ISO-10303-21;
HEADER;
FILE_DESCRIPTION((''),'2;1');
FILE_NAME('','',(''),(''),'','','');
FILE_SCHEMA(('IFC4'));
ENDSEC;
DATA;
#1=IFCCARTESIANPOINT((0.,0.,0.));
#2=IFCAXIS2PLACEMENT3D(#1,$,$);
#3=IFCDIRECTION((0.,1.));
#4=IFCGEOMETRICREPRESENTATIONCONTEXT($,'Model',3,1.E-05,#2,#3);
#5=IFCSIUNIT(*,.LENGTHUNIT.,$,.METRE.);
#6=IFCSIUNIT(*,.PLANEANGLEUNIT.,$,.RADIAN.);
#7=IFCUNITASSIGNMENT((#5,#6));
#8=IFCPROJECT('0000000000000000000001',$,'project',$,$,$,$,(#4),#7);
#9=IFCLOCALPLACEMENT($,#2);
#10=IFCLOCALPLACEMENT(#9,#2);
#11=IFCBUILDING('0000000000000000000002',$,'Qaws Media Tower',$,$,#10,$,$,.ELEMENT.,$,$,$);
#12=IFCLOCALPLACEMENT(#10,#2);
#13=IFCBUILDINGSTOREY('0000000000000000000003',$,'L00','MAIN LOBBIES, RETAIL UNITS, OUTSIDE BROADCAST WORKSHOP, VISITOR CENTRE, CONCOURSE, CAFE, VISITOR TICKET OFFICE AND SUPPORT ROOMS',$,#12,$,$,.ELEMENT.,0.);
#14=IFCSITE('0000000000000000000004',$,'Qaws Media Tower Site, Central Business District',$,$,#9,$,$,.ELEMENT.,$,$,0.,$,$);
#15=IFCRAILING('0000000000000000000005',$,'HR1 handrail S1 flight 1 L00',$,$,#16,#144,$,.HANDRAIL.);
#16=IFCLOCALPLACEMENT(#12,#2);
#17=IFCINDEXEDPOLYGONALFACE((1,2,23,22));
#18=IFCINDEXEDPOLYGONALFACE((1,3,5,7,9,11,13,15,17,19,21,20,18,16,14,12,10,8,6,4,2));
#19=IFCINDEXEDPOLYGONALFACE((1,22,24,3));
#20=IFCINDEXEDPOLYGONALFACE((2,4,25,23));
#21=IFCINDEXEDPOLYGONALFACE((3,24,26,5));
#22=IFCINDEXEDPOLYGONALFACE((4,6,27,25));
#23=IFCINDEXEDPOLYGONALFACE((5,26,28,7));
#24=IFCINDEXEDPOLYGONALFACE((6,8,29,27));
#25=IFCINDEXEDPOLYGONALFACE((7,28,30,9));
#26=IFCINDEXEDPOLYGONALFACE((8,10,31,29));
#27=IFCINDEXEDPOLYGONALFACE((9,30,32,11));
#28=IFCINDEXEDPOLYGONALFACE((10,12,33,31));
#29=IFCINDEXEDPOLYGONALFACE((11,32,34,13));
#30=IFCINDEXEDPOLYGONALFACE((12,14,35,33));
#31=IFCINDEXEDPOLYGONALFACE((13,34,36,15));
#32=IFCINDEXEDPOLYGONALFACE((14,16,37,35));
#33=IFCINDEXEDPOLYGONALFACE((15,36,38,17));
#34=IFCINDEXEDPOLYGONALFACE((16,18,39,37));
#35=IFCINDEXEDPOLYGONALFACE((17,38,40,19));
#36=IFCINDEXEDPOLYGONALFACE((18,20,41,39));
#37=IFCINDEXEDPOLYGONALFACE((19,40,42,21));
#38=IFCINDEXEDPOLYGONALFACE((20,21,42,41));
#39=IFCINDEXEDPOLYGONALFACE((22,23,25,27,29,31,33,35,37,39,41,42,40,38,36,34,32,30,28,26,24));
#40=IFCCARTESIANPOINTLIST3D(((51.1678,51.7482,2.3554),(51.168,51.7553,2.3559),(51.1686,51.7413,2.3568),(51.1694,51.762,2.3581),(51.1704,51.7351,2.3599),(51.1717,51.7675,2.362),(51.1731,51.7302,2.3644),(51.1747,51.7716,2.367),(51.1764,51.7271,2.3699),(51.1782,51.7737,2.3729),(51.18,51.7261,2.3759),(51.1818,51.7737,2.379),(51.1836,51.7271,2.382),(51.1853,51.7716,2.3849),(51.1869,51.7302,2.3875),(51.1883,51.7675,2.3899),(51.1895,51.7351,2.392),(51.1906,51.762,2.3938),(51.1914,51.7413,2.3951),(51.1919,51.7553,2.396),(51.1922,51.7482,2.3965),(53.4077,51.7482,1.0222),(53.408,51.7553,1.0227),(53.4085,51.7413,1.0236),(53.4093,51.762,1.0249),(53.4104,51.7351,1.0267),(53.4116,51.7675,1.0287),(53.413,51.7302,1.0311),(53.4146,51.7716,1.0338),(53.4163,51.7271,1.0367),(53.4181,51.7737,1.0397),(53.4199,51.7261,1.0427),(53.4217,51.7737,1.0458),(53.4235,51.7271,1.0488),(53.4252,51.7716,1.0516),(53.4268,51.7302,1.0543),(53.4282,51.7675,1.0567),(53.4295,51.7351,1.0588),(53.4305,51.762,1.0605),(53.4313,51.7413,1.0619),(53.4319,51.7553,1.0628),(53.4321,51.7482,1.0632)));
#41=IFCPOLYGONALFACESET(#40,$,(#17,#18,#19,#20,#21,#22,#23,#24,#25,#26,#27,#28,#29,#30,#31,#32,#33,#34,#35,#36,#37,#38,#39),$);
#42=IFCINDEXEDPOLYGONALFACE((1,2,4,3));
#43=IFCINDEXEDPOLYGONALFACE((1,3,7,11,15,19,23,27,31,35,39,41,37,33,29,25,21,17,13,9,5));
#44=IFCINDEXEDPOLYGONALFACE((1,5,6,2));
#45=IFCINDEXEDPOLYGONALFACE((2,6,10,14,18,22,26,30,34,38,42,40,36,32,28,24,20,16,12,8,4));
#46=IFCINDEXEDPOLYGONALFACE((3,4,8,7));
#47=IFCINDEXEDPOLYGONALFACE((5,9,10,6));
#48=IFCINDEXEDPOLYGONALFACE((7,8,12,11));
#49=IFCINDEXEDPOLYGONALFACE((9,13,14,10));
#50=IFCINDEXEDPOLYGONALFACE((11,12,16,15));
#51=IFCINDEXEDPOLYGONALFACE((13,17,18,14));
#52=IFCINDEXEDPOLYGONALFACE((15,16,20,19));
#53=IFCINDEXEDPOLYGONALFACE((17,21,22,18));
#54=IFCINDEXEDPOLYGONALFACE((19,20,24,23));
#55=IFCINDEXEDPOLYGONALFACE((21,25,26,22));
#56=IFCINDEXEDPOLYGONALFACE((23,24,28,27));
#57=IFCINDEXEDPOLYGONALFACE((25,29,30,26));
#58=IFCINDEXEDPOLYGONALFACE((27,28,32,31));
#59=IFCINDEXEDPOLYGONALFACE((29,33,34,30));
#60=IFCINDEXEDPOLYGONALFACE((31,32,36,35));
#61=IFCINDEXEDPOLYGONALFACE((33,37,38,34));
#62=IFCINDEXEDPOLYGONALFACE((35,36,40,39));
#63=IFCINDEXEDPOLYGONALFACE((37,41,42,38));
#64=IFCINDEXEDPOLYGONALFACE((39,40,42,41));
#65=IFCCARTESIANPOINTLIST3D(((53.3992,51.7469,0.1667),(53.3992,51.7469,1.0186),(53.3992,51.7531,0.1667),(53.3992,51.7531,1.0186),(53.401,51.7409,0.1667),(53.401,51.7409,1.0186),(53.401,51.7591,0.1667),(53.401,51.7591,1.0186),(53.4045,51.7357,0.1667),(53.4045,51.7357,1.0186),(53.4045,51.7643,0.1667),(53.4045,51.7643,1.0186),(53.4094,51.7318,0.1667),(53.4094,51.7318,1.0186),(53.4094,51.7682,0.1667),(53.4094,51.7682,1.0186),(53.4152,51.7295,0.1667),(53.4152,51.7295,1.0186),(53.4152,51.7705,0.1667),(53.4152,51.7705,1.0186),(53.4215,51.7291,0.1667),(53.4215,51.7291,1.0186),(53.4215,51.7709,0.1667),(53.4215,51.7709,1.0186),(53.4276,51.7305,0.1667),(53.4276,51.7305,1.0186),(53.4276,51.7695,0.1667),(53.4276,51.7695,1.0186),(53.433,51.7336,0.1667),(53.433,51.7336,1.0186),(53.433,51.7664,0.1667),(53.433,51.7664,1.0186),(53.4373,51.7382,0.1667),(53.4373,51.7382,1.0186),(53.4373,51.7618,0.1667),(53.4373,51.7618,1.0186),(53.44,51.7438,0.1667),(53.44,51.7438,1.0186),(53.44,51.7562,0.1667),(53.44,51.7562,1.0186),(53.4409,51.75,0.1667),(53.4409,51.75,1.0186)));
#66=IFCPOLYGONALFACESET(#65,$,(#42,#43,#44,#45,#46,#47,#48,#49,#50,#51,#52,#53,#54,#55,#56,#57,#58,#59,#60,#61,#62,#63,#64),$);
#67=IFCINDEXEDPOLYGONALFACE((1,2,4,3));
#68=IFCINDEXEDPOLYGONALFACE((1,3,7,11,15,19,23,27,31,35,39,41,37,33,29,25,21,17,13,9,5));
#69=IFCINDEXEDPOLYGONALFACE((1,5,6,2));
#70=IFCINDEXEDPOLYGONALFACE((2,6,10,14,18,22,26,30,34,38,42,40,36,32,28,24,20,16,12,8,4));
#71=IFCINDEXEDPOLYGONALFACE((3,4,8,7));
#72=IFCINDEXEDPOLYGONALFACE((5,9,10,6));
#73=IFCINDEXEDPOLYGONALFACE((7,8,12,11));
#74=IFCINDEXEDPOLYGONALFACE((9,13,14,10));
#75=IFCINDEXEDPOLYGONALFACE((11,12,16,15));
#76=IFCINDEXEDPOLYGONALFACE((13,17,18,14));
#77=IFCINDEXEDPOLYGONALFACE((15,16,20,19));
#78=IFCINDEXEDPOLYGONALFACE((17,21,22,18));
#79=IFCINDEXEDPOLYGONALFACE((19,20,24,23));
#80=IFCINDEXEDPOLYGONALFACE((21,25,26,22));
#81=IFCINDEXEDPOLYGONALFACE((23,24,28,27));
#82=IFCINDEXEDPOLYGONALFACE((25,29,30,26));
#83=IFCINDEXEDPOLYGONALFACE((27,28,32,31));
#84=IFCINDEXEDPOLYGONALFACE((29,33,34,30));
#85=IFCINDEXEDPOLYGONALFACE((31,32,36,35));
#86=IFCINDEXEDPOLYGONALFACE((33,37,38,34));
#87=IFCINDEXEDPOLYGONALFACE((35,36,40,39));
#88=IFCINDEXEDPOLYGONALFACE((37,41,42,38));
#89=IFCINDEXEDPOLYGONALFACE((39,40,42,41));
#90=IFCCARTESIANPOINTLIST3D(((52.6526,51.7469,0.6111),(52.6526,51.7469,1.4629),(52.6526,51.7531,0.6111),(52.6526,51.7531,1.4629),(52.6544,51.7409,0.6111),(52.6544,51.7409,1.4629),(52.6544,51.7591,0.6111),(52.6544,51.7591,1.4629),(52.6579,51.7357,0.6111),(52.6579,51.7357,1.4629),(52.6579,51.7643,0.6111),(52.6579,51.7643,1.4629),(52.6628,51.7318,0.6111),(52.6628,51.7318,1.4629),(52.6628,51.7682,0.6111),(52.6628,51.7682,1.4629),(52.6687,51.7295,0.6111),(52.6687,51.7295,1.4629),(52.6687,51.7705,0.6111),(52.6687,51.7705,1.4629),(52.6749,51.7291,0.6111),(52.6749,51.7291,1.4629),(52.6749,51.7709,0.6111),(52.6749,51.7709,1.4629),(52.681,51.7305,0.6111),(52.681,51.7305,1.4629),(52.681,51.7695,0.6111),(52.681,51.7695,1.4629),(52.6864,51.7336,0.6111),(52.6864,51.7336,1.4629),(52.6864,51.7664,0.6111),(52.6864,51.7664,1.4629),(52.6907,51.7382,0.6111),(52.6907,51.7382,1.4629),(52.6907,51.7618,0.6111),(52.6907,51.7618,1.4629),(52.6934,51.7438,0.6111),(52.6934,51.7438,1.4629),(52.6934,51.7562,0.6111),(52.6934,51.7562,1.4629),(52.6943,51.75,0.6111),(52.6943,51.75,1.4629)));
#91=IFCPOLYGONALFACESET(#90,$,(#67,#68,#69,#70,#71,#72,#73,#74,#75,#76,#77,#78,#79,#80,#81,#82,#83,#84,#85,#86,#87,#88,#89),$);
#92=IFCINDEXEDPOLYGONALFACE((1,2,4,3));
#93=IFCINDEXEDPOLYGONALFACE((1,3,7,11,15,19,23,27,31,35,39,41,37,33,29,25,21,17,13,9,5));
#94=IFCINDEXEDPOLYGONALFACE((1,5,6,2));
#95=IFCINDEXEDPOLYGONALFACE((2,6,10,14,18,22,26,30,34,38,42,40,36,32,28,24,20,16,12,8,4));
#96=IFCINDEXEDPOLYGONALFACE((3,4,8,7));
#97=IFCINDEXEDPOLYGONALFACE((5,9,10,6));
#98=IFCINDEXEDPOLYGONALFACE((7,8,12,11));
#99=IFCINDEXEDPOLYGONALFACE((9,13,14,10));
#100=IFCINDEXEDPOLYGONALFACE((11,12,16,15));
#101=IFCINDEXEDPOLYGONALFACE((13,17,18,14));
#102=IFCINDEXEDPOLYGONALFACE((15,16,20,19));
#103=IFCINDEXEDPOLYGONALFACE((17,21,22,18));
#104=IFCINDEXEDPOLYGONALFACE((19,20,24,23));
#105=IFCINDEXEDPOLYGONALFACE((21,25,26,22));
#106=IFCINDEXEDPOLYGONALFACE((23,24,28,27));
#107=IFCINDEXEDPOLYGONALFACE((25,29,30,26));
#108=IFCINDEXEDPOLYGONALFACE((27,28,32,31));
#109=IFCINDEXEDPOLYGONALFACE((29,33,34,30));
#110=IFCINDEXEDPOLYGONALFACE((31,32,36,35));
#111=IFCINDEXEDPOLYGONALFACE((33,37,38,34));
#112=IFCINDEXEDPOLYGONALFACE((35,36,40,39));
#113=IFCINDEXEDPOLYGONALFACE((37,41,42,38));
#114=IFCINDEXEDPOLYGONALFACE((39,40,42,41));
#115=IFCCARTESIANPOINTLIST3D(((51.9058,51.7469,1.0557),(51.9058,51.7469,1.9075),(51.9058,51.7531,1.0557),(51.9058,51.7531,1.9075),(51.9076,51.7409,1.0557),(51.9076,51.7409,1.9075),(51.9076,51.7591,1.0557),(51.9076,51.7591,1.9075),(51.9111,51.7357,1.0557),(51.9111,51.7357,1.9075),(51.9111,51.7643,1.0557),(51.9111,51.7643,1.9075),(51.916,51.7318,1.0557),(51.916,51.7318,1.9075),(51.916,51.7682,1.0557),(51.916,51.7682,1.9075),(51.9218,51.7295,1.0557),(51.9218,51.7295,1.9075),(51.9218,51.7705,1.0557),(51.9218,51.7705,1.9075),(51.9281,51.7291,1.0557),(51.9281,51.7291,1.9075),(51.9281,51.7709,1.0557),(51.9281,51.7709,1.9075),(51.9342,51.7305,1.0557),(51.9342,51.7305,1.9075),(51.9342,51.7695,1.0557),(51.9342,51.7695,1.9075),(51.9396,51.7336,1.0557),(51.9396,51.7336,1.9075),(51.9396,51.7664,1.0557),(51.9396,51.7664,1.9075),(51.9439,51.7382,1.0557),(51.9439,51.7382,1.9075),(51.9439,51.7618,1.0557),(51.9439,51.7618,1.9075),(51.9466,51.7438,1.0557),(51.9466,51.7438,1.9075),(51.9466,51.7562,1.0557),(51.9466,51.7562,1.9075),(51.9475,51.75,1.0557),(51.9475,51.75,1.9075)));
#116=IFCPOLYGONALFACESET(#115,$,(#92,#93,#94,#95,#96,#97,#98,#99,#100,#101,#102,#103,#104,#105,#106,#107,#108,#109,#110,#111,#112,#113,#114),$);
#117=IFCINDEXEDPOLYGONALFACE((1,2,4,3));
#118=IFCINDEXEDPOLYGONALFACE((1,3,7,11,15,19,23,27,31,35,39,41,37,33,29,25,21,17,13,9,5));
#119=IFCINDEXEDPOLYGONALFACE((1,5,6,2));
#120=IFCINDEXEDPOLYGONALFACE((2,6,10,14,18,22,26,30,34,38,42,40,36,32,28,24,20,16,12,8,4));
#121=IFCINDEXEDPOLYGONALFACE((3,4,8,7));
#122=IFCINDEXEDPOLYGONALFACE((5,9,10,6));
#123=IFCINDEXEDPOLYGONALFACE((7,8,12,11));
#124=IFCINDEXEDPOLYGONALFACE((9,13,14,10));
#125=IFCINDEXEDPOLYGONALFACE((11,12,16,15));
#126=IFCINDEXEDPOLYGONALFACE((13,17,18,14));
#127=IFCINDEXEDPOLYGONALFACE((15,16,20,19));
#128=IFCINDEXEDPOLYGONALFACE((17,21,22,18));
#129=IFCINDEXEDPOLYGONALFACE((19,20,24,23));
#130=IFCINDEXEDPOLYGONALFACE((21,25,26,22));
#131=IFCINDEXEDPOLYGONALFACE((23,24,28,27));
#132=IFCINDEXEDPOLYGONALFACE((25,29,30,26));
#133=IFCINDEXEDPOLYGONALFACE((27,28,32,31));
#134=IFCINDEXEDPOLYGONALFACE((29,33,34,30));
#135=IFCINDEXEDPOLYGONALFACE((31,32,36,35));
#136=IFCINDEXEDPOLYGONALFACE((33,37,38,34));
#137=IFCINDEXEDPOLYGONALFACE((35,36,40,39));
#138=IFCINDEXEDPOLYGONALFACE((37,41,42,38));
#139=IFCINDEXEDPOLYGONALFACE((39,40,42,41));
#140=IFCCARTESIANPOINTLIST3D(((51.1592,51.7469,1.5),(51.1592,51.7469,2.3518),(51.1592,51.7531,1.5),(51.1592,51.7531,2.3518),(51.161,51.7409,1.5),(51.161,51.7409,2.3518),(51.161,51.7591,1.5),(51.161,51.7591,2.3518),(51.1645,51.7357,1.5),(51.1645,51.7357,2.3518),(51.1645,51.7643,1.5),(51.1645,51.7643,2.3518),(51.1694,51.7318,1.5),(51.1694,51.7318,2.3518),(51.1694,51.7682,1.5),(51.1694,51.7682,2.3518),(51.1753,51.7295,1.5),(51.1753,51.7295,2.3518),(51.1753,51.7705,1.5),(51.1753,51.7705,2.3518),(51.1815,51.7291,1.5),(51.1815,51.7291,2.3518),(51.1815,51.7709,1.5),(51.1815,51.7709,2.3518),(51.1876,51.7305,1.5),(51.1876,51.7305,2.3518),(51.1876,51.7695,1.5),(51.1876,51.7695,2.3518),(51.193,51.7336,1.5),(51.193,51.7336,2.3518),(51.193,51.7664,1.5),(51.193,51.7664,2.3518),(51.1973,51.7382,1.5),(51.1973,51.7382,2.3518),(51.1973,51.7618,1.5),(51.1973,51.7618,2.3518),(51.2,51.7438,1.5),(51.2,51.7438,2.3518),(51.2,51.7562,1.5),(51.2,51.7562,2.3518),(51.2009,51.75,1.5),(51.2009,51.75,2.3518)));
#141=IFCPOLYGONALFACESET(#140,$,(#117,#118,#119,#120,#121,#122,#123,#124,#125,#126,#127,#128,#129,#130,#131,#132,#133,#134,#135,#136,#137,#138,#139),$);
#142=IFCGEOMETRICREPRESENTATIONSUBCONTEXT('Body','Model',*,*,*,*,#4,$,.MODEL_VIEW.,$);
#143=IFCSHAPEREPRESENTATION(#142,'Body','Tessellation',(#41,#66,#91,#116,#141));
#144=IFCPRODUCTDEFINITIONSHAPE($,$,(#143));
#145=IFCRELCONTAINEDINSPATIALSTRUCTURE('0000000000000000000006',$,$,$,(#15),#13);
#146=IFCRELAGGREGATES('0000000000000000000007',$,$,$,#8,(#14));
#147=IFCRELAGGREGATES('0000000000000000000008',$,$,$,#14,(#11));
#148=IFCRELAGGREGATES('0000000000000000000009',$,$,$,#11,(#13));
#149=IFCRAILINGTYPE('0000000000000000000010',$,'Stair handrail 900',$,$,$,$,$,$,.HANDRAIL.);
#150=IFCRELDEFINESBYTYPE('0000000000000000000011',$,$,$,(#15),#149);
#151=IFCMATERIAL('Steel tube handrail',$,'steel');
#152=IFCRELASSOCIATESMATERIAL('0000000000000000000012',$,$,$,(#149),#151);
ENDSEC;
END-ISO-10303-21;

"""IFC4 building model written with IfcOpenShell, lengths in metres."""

from ifc_helpers import new_model, si_unit, direction, frame, origin, origin_2d, place, context, subcontext, project, spatial, circle, extrude, material, type_object, element, save


model = new_model("IFC4")

# Units and contexts
model_context = context("Model", 3, precision=1e-05, world=origin(), true_north=direction((0.0, 1.0)))
body_context = subcontext(model_context, "Body", "Model", "MODEL_VIEW")
ifc_project = project(units=[si_unit("LENGTHUNIT", "METRE"), si_unit("PLANEANGLEUNIT", "RADIAN")], contexts=[model_context])

# Site, building, storey
site_placement = place(None, origin())
site = spatial("IfcSite", under=ifc_project, at=site_placement, Name="Qaws Media Tower Site, Central Business District", CompositionType="ELEMENT", RefElevation=0.0)
building_placement = place(site_placement, origin())
building = spatial("IfcBuilding", under=site, at=building_placement, Name="Qaws Media Tower", CompositionType="ELEMENT")
storey_placement = place(building_placement, origin())
storey = spatial("IfcBuildingStorey", under=building, at=storey_placement, Name="L00", Description="MAIN LOBBIES, RETAIL UNITS, OUTSIDE BROADCAST WORKSHOP, VISITOR CENTRE, CONCOURSE, CAFE, VISITOR TICKET OFFICE AND SUPPORT ROOMS", CompositionType="ELEMENT", Elevation=0.0)

# Railing
ifc_material_1 = material(Name="Steel tube handrail", Category="steel")
railing_type = type_object("IfcRailingType", Name="Stair handrail 900", PredefinedType="HANDRAIL", material=ifc_material_1)
for number, where, name in (
    (1, (53.4199, 51.75, 0.1667), "HR1 handrail S1 flight 1 L00"),
):
    element("IfcRailing", number, at=place(storey_placement, frame(where)), inside=storey, type_object=railing_type, Name=name, PredefinedType="HANDRAIL", context=body_context, shape_type="SweptSolid", body=[
        extrude(circle(Radius=0.0239, at=origin_2d()), frame((0.0, 0.0, 0.876), z_axis=(-0.859306, 0.0, 0.511462), x_axis=(0.0, -1.0, 0.0)), (0.0, 0.0, 1.0), 2.6067),
        extrude(circle(Radius=0.021, at=origin_2d()), origin(), (0.0, 0.0, 1.0), 0.8518),
        extrude(circle(Radius=0.021, at=origin_2d()), frame((-0.7466, 0.0, 0.4443)), (0.0, 0.0, 1.0), 0.8518),
        extrude(circle(Radius=0.021, at=origin_2d()), frame((-1.4934, 0.0, 0.8889)), (0.0, 0.0, 1.0), 0.8518),
        extrude(circle(Radius=0.021, at=origin_2d()), frame((-2.24, 0.0, 1.3333)), (0.0, 0.0, 1.0), 0.8518),
    ])

save(model, "model.ifc")
